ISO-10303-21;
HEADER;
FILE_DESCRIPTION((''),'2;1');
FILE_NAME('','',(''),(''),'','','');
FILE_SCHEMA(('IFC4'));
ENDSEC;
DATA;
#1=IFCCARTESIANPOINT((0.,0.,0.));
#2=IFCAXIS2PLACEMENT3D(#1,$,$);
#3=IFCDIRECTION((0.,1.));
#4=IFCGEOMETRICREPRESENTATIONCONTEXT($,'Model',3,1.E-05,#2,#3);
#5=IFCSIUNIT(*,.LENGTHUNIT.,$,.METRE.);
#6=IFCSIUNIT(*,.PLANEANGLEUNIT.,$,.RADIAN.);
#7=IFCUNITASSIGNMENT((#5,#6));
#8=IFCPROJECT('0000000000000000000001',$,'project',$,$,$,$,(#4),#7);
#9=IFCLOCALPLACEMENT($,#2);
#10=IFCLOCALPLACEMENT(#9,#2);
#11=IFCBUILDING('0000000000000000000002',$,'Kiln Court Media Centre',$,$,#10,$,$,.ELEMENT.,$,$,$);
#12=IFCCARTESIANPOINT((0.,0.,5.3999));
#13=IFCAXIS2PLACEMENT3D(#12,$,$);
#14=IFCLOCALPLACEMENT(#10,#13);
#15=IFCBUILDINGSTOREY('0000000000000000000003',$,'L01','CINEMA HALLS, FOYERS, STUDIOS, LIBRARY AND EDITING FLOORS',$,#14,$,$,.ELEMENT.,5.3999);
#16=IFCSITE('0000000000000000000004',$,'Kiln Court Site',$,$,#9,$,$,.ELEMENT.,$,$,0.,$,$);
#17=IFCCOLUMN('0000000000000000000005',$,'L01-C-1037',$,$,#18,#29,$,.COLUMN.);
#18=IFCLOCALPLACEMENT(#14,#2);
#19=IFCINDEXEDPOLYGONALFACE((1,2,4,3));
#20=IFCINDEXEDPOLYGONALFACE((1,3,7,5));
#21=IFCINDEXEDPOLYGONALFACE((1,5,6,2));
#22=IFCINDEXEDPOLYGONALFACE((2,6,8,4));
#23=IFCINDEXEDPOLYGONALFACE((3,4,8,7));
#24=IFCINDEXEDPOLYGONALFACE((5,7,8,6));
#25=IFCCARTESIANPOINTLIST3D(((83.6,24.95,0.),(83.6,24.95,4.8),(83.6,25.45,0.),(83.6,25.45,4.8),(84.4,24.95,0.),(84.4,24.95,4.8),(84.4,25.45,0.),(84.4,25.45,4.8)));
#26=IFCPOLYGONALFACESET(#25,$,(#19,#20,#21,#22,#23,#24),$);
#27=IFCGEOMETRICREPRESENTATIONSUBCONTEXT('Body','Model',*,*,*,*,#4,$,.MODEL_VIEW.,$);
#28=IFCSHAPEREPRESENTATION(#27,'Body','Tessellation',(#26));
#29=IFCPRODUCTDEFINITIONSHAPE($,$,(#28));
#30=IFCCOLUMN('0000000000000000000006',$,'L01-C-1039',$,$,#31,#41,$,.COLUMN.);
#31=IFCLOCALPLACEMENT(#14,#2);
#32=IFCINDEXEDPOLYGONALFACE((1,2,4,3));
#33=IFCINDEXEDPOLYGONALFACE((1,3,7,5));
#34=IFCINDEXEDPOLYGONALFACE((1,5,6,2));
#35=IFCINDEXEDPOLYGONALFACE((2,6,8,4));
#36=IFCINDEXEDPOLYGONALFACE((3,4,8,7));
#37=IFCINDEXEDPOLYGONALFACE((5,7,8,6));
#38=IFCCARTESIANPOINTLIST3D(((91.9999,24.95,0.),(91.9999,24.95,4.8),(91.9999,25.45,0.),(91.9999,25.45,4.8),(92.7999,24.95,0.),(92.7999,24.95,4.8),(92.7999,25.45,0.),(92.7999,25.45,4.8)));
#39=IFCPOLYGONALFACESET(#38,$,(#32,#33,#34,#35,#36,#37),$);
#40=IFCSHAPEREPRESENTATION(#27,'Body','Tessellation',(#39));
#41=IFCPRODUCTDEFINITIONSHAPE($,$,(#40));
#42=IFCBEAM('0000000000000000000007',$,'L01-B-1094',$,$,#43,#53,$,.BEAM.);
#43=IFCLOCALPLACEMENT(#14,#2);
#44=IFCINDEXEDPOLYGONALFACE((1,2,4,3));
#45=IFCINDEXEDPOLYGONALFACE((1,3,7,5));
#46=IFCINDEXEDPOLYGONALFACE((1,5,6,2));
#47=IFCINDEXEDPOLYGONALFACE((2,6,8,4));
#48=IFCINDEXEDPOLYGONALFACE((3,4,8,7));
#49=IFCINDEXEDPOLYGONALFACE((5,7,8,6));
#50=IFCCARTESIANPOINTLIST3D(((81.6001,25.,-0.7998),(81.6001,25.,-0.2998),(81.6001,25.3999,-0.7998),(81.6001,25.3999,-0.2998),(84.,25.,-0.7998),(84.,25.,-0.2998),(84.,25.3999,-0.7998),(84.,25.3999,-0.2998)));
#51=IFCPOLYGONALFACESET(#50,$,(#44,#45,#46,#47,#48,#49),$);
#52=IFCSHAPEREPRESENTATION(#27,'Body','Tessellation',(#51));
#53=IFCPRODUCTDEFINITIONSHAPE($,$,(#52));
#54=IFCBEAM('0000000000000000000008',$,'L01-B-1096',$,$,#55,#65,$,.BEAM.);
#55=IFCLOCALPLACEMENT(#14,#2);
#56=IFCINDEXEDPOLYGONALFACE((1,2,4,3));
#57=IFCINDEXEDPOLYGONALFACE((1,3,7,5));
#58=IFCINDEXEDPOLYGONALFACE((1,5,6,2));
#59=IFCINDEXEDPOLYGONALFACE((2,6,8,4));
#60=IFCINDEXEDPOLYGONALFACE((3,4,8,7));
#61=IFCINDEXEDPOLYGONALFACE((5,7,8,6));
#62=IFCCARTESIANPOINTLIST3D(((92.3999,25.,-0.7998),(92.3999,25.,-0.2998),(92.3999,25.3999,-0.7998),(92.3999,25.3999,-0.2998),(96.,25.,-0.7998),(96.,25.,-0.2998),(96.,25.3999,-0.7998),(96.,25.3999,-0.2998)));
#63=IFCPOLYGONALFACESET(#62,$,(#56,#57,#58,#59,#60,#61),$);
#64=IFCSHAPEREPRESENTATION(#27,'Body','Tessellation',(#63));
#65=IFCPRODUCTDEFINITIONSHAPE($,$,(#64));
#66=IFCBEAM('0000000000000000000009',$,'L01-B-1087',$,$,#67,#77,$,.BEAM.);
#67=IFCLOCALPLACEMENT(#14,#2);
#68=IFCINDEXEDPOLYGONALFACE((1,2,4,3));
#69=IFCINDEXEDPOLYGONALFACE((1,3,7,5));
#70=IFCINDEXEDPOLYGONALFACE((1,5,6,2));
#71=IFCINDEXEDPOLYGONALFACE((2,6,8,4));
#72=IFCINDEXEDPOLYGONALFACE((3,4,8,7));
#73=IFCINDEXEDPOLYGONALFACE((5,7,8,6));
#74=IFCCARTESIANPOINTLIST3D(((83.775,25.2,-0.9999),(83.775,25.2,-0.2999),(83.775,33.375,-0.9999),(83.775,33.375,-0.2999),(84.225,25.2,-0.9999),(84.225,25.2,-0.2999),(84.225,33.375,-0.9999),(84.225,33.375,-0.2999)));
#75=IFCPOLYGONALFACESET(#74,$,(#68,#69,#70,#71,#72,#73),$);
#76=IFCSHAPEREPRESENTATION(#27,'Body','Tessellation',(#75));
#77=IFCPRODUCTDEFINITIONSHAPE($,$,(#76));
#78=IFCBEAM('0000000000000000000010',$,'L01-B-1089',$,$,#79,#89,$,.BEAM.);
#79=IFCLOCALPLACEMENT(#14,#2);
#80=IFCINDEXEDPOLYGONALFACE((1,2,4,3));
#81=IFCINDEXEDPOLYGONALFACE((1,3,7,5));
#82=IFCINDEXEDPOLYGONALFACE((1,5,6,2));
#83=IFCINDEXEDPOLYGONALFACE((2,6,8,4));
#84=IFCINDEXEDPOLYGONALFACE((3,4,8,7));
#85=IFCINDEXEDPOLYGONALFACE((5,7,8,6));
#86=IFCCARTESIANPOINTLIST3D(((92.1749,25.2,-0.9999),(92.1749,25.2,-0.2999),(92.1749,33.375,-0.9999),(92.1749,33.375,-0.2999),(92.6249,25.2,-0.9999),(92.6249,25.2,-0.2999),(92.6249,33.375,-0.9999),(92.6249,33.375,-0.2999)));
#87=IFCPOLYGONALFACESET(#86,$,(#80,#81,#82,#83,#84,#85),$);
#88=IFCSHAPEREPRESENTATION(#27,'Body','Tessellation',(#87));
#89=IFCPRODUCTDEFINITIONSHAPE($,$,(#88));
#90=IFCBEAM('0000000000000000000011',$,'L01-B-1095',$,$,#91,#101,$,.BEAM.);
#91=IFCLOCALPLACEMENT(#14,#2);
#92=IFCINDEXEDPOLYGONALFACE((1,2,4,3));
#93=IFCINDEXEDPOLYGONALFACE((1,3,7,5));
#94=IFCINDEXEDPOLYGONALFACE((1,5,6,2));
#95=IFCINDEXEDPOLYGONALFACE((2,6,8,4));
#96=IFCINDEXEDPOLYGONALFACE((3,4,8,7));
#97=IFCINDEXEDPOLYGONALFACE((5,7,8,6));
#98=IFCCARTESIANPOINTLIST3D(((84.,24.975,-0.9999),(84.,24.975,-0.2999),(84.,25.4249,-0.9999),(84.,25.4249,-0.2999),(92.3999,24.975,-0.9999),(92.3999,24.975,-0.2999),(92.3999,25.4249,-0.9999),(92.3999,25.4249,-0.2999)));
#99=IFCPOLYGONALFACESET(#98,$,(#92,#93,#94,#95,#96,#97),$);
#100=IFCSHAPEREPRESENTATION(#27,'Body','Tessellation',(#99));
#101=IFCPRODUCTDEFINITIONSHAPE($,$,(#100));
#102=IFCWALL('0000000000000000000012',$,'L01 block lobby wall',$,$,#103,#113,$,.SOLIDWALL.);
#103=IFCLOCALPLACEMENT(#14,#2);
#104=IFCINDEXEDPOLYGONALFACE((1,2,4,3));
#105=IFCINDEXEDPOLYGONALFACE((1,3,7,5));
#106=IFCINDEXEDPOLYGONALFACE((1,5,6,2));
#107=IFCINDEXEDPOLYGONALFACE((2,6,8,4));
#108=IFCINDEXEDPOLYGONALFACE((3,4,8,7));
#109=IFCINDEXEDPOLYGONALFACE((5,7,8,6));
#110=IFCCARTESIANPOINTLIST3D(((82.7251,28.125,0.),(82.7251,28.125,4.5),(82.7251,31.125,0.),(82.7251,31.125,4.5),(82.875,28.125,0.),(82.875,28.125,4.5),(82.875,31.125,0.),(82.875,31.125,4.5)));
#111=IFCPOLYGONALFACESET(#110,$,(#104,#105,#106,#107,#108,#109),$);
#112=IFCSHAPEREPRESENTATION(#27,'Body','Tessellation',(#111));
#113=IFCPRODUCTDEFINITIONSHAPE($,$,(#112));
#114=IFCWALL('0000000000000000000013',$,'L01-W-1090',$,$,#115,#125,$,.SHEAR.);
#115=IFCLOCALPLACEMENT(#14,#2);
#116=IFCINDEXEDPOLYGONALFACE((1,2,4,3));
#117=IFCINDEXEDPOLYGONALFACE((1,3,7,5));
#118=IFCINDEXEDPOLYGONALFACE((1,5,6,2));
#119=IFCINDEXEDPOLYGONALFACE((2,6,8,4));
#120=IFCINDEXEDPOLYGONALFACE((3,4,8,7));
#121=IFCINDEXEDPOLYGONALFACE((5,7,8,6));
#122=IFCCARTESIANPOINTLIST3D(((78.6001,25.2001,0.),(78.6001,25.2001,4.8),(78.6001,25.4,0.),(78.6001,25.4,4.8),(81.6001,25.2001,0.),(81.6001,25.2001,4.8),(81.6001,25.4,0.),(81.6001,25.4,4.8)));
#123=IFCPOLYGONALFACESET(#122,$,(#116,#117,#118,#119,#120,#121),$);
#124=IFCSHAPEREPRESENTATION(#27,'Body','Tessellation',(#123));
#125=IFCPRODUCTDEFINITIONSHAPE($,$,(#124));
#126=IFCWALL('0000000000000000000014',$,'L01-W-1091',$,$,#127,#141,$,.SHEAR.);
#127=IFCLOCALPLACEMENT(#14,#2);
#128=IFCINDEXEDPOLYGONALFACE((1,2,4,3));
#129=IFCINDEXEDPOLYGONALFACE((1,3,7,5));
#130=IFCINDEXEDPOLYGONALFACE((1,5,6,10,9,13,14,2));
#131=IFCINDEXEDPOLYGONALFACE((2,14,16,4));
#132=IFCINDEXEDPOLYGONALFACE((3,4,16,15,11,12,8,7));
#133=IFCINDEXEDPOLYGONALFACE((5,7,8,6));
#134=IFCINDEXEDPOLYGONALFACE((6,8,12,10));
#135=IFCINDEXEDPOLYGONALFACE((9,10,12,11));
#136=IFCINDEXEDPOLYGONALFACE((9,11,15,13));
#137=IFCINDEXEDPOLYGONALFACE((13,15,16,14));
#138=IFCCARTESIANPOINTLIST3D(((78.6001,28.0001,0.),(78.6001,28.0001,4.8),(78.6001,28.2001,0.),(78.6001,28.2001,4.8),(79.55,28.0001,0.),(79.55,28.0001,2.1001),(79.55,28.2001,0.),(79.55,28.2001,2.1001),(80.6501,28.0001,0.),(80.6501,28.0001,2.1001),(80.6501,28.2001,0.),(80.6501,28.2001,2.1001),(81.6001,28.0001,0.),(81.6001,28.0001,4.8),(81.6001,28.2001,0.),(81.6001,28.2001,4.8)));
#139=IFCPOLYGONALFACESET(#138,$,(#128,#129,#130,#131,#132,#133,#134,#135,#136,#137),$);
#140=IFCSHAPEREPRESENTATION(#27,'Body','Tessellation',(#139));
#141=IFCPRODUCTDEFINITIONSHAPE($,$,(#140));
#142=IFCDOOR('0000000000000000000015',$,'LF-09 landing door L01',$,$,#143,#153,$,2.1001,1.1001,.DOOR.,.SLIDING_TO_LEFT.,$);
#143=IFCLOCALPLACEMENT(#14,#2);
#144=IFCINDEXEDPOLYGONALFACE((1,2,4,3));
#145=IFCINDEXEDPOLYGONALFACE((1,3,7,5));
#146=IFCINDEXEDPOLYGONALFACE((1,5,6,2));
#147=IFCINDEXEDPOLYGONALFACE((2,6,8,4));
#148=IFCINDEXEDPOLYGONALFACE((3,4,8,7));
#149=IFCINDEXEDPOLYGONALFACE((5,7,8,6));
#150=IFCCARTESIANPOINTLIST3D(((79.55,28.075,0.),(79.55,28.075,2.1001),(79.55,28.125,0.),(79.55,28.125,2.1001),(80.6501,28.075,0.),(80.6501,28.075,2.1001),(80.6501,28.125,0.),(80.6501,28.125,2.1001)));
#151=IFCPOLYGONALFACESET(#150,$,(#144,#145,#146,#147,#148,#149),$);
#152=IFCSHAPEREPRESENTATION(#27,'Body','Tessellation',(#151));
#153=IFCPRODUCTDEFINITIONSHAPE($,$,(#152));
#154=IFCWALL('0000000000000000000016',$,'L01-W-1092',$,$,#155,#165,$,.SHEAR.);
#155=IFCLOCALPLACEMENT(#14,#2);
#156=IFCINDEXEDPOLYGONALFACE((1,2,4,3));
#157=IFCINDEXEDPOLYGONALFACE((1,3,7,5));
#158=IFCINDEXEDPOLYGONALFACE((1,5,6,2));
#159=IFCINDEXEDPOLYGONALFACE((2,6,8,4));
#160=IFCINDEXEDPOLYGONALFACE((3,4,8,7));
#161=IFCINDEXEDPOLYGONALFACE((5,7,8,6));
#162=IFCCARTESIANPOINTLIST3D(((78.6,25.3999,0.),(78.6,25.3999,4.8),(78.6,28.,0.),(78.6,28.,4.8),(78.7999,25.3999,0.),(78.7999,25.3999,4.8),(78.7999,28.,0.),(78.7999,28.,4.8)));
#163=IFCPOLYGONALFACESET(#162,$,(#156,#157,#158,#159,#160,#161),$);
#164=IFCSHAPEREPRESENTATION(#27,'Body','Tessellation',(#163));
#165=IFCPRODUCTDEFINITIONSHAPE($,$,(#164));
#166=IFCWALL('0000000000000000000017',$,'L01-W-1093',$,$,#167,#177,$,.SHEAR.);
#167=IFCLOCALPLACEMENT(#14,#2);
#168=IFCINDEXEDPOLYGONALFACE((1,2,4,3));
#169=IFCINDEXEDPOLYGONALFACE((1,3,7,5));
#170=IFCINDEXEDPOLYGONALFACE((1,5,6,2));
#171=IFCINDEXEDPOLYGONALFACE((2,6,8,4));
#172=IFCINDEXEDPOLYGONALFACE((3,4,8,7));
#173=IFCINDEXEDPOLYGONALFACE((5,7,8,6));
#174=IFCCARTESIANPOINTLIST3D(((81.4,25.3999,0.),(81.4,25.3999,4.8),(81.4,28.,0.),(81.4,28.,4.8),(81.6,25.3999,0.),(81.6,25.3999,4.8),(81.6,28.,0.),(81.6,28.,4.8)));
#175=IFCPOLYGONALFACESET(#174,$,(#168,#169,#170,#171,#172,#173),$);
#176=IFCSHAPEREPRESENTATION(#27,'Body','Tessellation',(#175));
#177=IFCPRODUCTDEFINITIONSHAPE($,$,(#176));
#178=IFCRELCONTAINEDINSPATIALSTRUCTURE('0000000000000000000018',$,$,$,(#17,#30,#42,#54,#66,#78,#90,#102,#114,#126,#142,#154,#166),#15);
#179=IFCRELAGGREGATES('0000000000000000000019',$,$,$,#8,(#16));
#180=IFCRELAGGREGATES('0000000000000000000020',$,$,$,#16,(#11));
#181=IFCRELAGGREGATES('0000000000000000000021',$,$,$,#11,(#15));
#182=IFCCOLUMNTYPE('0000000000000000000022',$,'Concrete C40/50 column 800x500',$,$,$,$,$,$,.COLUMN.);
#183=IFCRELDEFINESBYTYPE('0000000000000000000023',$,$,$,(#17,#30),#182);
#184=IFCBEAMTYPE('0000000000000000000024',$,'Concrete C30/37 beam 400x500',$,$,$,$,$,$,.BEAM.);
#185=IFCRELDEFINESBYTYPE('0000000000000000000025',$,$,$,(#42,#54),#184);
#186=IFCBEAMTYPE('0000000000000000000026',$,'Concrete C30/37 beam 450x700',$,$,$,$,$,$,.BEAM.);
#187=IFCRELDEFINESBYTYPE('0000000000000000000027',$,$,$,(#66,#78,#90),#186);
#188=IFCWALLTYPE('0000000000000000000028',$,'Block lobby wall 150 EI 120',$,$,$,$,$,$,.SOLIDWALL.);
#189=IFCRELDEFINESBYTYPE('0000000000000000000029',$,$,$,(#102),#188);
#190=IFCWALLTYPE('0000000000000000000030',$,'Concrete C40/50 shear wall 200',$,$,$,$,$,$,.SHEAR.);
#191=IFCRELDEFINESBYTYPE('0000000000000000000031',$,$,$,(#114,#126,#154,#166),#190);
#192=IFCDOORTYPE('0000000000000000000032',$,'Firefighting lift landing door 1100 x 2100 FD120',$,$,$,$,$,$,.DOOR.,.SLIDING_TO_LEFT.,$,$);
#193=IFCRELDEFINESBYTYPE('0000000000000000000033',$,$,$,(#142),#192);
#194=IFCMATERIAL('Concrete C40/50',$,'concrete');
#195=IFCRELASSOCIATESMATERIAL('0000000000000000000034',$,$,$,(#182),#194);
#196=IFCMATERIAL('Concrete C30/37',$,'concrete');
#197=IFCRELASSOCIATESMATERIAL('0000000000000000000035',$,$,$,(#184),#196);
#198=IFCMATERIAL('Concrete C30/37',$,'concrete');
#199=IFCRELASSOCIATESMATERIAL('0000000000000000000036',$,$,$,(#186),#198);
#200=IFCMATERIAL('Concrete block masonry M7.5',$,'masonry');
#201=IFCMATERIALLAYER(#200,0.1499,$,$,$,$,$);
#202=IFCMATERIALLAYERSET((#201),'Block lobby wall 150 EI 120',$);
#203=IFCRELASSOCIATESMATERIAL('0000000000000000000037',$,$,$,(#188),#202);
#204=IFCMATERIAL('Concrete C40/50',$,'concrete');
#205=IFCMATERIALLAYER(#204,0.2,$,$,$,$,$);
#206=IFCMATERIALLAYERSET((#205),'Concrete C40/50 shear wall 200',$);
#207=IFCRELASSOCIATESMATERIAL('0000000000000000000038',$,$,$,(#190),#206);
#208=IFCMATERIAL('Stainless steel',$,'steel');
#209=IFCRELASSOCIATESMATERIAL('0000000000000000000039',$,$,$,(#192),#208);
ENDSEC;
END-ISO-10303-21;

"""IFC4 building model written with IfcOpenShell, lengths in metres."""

from ifc_helpers import new_model, si_unit, direction, frame, frame_2d, origin, origin_2d, place, context, subcontext, project, spatial, rectangle, extrude, material, layer, layer_set, material_profile, profile_set, type_object, element, fill, save


model = new_model("IFC4")

# Units and contexts
model_context = context("Model", 3, precision=1e-05, world=origin(), true_north=direction((0.0, 1.0)))
body_context = subcontext(model_context, "Body", "Model", "MODEL_VIEW")
ifc_project = project(units=[si_unit("LENGTHUNIT", "METRE"), si_unit("PLANEANGLEUNIT", "RADIAN")], contexts=[model_context])

# Site, building, storey
site_placement = place(None, origin())
site = spatial("IfcSite", under=ifc_project, at=site_placement, Name="Kiln Court Site", CompositionType="ELEMENT", RefElevation=0.0)
building_placement = place(site_placement, origin())
building = spatial("IfcBuilding", under=site, at=building_placement, Name="Kiln Court Media Centre", CompositionType="ELEMENT")
storey_placement = place(building_placement, frame((0.0, 0.0, 5.3999)))
storey = spatial("IfcBuildingStorey", under=building, at=storey_placement, Name="L01", Description="CINEMA HALLS, FOYERS, STUDIOS, LIBRARY AND EDITING FLOORS", CompositionType="ELEMENT", Elevation=5.3999)

# Columns
ifc_material_1 = material(Name="Concrete C40/50", Category="concrete")
ifc_material_profile_1 = material_profile(ifc_material_1, rectangle(XDim=0.8, YDim=0.5, at=origin_2d()), Name="RC 800x500")
ifc_profile_set_1 = profile_set([ifc_material_profile_1], Name="Concrete C40/50")
column_type = type_object("IfcColumnType", Name="Concrete C40/50 column 800x500", PredefinedType="COLUMN", material=ifc_profile_set_1)
for number, where, z_axis, x_axis, name in (
    (1, (84.0, 25.2, 0.0), (0.0, 0.0, 1.0), (1.0, 0.0, 0.0), "L01-C-1037"),
    (2, (92.3999, 25.2, 0.0), (0.0, 0.0, 1.0), (1.0, 0.0, 0.0), "L01-C-1039"),
):
    element("IfcColumn", number, at=place(storey_placement, frame(where, z_axis=z_axis, x_axis=x_axis)), inside=storey, type_object=column_type, Name=name, PredefinedType="COLUMN", context=body_context, shape_type="SweptSolid", body=[
        extrude(rectangle(XDim=0.8, YDim=0.5, at=origin_2d()), origin(), (0.0, 0.0, 1.0), 4.8),
    ])

# Beams
ifc_material_2 = material(Name="Concrete C30/37", Category="concrete")
ifc_material_profile_2 = material_profile(ifc_material_2, rectangle(XDim=0.3999, YDim=0.5, at=origin_2d()), Name="RC 400x500")
ifc_profile_set_2 = profile_set([ifc_material_profile_2], Name="Concrete C30/37")
beam_type_1 = type_object("IfcBeamType", Name="Concrete C30/37 beam 400x500", PredefinedType="BEAM", material=ifc_profile_set_2)
beam_1_placement = place(storey_placement, frame((81.6001, 25.2, -0.5498), z_axis=(1.0, 0.0, 0.0), x_axis=(0.0, 1.0, 0.0)))
element("IfcBeam", 3, at=beam_1_placement, inside=storey, type_object=beam_type_1, Name="L01-B-1094", PredefinedType="BEAM", context=body_context, shape_type="SweptSolid", body=[
    extrude(rectangle(XDim=0.3999, YDim=0.5, at=origin_2d()), origin(), (0.0, 0.0, 1.0), 2.3999),
])
beam_2_placement = place(storey_placement, frame((92.3999, 25.2, -0.5498), z_axis=(1.0, 0.0, 0.0), x_axis=(0.0, 1.0, 0.0)))
element("IfcBeam", 4, at=beam_2_placement, inside=storey, type_object=beam_type_1, Name="L01-B-1096", PredefinedType="BEAM", context=body_context, shape_type="SweptSolid", body=[
    extrude(rectangle(XDim=0.3999, YDim=0.5, at=origin_2d()), origin(), (0.0, 0.0, 1.0), 3.6001),
])
ifc_material_3 = material(Name="Concrete C30/37", Category="concrete")
ifc_material_profile_3 = material_profile(ifc_material_3, rectangle(XDim=0.45, YDim=0.7, at=origin_2d()), Name="RC 450x700")
ifc_profile_set_3 = profile_set([ifc_material_profile_3], Name="Concrete C30/37")
beam_type_2 = type_object("IfcBeamType", Name="Concrete C30/37 beam 450x700", PredefinedType="BEAM", material=ifc_profile_set_3)
for number, where, z_axis, x_axis, name in (
    (5, (84.0, 25.2, -0.6499), (0.0, 1.0, 0.0), (-1.0, 0.0, 0.0), "L01-B-1087"),
    (6, (92.3999, 25.2, -0.6499), (0.0, 1.0, 0.0), (-1.0, 0.0, 0.0), "L01-B-1089"),
):
    element("IfcBeam", number, at=place(storey_placement, frame(where, z_axis=z_axis, x_axis=x_axis)), inside=storey, type_object=beam_type_2, Name=name, PredefinedType="BEAM", context=body_context, shape_type="SweptSolid", body=[
        extrude(rectangle(XDim=0.45, YDim=0.7, at=origin_2d()), origin(), (0.0, 0.0, 1.0), 8.175),
    ])
beam_3_placement = place(storey_placement, frame((84.0, 25.2, -0.6499), z_axis=(1.0, 0.0, 0.0), x_axis=(0.0, 1.0, 0.0)))
element("IfcBeam", 7, at=beam_3_placement, inside=storey, type_object=beam_type_2, Name="L01-B-1095", PredefinedType="BEAM", context=body_context, shape_type="SweptSolid", body=[
    extrude(rectangle(XDim=0.45, YDim=0.7, at=origin_2d()), origin(), (0.0, 0.0, 1.0), 8.3999),
])

# Walls
ifc_material_4 = material(Name="Concrete block masonry M7.5", Category="masonry")
ifc_layer_1 = layer(ifc_material_4, 0.1499)
ifc_layer_set_1 = layer_set([ifc_layer_1], Name="Block lobby wall 150 EI 120")
wall_type_1 = type_object("IfcWallType", Name="Block lobby wall 150 EI 120", PredefinedType="SOLIDWALL", material=ifc_layer_set_1)
wall_1_placement = place(storey_placement, frame((82.8, 28.125, 0.0), z_axis=(0.0, 0.0, 1.0), x_axis=(0.0, 1.0, 0.0)))
element("IfcWall", 8, at=wall_1_placement, inside=storey, type_object=wall_type_1, Name="L01 block lobby wall", PredefinedType="SOLIDWALL", context=body_context, shape_type="SweptSolid", body=[
    extrude(rectangle(XDim=3.0, YDim=0.1499, at=frame_2d((1.5, 0.0))), origin(), (0.0, 0.0, 1.0), 4.5),
])
ifc_material_5 = material(Name="Concrete C40/50", Category="concrete")
ifc_layer_2 = layer(ifc_material_5, 0.2)
ifc_layer_set_2 = layer_set([ifc_layer_2], Name="Concrete C40/50 shear wall 200")
wall_type_2 = type_object("IfcWallType", Name="Concrete C40/50 shear wall 200", PredefinedType="SHEAR", material=ifc_layer_set_2)
wall_2_placement = place(storey_placement, frame((81.6001, 25.3, 0.0), z_axis=(0.0, 0.0, 1.0), x_axis=(-1.0, 0.0, 0.0)))
element("IfcWall", 9, at=wall_2_placement, inside=storey, type_object=wall_type_2, Name="L01-W-1090", PredefinedType="SHEAR", context=body_context, shape_type="SweptSolid", body=[
    extrude(rectangle(XDim=3.0, YDim=0.2, at=frame_2d((1.5, 0.0))), origin(), (0.0, 0.0, 1.0), 4.8),
])

# Wall, opening, door
wall_3_placement = place(storey_placement, frame((78.6001, 28.1001, 0.0), z_axis=(0.0, 0.0, 1.0), x_axis=(1.0, 0.0, 0.0)))
wall_3 = element("IfcWall", 10, at=wall_3_placement, inside=storey, type_object=wall_type_2, Name="L01-W-1091", PredefinedType="SHEAR", context=body_context, shape_type="SweptSolid", body=[
    extrude(rectangle(XDim=3.0, YDim=0.2, at=frame_2d((1.5, 0.0))), origin(), (0.0, 0.0, 1.0), 4.8),
])
opening_1_placement = place(wall_3_placement, frame((0.95, 0.0, 0.0)))
opening_1 = element("IfcOpeningElement", 11, at=opening_1_placement, cuts=wall_3, PredefinedType="OPENING", context=body_context, shape_type="SweptSolid", body=[
    extrude(rectangle(XDim=1.1001, YDim=2.1001, at=frame_2d((0.55, 1.05))), frame((0.0, 0.1099, 0.0), z_axis=(0.0, -1.0, 0.0), x_axis=(1.0, 0.0, 0.0)), (0.0, 0.0, 1.0), 0.22),
])
ifc_material_6 = material(Name="Stainless steel", Category="steel")
door_type_1 = type_object("IfcDoorType", Name="Firefighting lift landing door 1100 x 2100 FD120", OperationType="SLIDING_TO_LEFT", PredefinedType="DOOR", material=ifc_material_6)
door_1_placement = place(opening_1_placement, origin())
door_1 = element("IfcDoor", 12, at=door_1_placement, inside=storey, type_object=door_type_1, Name="LF-09 landing door L01", OperationType="SLIDING_TO_LEFT", OverallHeight=2.1001, OverallWidth=1.1001, PredefinedType="DOOR", context=body_context, shape_type="SweptSolid", body=[
    extrude(rectangle(XDim=1.1001, YDim=2.1001, at=frame_2d((0.55, 1.05))), frame((0.0, 0.0249, 0.0), z_axis=(0.0, -1.0, 0.0), x_axis=(1.0, 0.0, 0.0)), (0.0, 0.0, 1.0), 0.05),
])
fill(opening_1, door_1)

# Walls
for number, where, z_axis, x_axis, name in (
    (13, (78.7, 25.3999, 0.0), (0.0, 0.0, 1.0), (0.0, 1.0, 0.0), "L01-W-1092"),
    (14, (81.5, 28.0, 0.0), (0.0, 0.0, 1.0), (0.0, -1.0, 0.0), "L01-W-1093"),
):
    element("IfcWall", number, at=place(storey_placement, frame(where, z_axis=z_axis, x_axis=x_axis)), inside=storey, type_object=wall_type_2, Name=name, PredefinedType="SHEAR", context=body_context, shape_type="SweptSolid", body=[
        extrude(rectangle(XDim=2.6001, YDim=0.2, at=frame_2d((1.3, 0.0))), origin(), (0.0, 0.0, 1.0), 4.8),
    ])

save(model, "model.ifc")
